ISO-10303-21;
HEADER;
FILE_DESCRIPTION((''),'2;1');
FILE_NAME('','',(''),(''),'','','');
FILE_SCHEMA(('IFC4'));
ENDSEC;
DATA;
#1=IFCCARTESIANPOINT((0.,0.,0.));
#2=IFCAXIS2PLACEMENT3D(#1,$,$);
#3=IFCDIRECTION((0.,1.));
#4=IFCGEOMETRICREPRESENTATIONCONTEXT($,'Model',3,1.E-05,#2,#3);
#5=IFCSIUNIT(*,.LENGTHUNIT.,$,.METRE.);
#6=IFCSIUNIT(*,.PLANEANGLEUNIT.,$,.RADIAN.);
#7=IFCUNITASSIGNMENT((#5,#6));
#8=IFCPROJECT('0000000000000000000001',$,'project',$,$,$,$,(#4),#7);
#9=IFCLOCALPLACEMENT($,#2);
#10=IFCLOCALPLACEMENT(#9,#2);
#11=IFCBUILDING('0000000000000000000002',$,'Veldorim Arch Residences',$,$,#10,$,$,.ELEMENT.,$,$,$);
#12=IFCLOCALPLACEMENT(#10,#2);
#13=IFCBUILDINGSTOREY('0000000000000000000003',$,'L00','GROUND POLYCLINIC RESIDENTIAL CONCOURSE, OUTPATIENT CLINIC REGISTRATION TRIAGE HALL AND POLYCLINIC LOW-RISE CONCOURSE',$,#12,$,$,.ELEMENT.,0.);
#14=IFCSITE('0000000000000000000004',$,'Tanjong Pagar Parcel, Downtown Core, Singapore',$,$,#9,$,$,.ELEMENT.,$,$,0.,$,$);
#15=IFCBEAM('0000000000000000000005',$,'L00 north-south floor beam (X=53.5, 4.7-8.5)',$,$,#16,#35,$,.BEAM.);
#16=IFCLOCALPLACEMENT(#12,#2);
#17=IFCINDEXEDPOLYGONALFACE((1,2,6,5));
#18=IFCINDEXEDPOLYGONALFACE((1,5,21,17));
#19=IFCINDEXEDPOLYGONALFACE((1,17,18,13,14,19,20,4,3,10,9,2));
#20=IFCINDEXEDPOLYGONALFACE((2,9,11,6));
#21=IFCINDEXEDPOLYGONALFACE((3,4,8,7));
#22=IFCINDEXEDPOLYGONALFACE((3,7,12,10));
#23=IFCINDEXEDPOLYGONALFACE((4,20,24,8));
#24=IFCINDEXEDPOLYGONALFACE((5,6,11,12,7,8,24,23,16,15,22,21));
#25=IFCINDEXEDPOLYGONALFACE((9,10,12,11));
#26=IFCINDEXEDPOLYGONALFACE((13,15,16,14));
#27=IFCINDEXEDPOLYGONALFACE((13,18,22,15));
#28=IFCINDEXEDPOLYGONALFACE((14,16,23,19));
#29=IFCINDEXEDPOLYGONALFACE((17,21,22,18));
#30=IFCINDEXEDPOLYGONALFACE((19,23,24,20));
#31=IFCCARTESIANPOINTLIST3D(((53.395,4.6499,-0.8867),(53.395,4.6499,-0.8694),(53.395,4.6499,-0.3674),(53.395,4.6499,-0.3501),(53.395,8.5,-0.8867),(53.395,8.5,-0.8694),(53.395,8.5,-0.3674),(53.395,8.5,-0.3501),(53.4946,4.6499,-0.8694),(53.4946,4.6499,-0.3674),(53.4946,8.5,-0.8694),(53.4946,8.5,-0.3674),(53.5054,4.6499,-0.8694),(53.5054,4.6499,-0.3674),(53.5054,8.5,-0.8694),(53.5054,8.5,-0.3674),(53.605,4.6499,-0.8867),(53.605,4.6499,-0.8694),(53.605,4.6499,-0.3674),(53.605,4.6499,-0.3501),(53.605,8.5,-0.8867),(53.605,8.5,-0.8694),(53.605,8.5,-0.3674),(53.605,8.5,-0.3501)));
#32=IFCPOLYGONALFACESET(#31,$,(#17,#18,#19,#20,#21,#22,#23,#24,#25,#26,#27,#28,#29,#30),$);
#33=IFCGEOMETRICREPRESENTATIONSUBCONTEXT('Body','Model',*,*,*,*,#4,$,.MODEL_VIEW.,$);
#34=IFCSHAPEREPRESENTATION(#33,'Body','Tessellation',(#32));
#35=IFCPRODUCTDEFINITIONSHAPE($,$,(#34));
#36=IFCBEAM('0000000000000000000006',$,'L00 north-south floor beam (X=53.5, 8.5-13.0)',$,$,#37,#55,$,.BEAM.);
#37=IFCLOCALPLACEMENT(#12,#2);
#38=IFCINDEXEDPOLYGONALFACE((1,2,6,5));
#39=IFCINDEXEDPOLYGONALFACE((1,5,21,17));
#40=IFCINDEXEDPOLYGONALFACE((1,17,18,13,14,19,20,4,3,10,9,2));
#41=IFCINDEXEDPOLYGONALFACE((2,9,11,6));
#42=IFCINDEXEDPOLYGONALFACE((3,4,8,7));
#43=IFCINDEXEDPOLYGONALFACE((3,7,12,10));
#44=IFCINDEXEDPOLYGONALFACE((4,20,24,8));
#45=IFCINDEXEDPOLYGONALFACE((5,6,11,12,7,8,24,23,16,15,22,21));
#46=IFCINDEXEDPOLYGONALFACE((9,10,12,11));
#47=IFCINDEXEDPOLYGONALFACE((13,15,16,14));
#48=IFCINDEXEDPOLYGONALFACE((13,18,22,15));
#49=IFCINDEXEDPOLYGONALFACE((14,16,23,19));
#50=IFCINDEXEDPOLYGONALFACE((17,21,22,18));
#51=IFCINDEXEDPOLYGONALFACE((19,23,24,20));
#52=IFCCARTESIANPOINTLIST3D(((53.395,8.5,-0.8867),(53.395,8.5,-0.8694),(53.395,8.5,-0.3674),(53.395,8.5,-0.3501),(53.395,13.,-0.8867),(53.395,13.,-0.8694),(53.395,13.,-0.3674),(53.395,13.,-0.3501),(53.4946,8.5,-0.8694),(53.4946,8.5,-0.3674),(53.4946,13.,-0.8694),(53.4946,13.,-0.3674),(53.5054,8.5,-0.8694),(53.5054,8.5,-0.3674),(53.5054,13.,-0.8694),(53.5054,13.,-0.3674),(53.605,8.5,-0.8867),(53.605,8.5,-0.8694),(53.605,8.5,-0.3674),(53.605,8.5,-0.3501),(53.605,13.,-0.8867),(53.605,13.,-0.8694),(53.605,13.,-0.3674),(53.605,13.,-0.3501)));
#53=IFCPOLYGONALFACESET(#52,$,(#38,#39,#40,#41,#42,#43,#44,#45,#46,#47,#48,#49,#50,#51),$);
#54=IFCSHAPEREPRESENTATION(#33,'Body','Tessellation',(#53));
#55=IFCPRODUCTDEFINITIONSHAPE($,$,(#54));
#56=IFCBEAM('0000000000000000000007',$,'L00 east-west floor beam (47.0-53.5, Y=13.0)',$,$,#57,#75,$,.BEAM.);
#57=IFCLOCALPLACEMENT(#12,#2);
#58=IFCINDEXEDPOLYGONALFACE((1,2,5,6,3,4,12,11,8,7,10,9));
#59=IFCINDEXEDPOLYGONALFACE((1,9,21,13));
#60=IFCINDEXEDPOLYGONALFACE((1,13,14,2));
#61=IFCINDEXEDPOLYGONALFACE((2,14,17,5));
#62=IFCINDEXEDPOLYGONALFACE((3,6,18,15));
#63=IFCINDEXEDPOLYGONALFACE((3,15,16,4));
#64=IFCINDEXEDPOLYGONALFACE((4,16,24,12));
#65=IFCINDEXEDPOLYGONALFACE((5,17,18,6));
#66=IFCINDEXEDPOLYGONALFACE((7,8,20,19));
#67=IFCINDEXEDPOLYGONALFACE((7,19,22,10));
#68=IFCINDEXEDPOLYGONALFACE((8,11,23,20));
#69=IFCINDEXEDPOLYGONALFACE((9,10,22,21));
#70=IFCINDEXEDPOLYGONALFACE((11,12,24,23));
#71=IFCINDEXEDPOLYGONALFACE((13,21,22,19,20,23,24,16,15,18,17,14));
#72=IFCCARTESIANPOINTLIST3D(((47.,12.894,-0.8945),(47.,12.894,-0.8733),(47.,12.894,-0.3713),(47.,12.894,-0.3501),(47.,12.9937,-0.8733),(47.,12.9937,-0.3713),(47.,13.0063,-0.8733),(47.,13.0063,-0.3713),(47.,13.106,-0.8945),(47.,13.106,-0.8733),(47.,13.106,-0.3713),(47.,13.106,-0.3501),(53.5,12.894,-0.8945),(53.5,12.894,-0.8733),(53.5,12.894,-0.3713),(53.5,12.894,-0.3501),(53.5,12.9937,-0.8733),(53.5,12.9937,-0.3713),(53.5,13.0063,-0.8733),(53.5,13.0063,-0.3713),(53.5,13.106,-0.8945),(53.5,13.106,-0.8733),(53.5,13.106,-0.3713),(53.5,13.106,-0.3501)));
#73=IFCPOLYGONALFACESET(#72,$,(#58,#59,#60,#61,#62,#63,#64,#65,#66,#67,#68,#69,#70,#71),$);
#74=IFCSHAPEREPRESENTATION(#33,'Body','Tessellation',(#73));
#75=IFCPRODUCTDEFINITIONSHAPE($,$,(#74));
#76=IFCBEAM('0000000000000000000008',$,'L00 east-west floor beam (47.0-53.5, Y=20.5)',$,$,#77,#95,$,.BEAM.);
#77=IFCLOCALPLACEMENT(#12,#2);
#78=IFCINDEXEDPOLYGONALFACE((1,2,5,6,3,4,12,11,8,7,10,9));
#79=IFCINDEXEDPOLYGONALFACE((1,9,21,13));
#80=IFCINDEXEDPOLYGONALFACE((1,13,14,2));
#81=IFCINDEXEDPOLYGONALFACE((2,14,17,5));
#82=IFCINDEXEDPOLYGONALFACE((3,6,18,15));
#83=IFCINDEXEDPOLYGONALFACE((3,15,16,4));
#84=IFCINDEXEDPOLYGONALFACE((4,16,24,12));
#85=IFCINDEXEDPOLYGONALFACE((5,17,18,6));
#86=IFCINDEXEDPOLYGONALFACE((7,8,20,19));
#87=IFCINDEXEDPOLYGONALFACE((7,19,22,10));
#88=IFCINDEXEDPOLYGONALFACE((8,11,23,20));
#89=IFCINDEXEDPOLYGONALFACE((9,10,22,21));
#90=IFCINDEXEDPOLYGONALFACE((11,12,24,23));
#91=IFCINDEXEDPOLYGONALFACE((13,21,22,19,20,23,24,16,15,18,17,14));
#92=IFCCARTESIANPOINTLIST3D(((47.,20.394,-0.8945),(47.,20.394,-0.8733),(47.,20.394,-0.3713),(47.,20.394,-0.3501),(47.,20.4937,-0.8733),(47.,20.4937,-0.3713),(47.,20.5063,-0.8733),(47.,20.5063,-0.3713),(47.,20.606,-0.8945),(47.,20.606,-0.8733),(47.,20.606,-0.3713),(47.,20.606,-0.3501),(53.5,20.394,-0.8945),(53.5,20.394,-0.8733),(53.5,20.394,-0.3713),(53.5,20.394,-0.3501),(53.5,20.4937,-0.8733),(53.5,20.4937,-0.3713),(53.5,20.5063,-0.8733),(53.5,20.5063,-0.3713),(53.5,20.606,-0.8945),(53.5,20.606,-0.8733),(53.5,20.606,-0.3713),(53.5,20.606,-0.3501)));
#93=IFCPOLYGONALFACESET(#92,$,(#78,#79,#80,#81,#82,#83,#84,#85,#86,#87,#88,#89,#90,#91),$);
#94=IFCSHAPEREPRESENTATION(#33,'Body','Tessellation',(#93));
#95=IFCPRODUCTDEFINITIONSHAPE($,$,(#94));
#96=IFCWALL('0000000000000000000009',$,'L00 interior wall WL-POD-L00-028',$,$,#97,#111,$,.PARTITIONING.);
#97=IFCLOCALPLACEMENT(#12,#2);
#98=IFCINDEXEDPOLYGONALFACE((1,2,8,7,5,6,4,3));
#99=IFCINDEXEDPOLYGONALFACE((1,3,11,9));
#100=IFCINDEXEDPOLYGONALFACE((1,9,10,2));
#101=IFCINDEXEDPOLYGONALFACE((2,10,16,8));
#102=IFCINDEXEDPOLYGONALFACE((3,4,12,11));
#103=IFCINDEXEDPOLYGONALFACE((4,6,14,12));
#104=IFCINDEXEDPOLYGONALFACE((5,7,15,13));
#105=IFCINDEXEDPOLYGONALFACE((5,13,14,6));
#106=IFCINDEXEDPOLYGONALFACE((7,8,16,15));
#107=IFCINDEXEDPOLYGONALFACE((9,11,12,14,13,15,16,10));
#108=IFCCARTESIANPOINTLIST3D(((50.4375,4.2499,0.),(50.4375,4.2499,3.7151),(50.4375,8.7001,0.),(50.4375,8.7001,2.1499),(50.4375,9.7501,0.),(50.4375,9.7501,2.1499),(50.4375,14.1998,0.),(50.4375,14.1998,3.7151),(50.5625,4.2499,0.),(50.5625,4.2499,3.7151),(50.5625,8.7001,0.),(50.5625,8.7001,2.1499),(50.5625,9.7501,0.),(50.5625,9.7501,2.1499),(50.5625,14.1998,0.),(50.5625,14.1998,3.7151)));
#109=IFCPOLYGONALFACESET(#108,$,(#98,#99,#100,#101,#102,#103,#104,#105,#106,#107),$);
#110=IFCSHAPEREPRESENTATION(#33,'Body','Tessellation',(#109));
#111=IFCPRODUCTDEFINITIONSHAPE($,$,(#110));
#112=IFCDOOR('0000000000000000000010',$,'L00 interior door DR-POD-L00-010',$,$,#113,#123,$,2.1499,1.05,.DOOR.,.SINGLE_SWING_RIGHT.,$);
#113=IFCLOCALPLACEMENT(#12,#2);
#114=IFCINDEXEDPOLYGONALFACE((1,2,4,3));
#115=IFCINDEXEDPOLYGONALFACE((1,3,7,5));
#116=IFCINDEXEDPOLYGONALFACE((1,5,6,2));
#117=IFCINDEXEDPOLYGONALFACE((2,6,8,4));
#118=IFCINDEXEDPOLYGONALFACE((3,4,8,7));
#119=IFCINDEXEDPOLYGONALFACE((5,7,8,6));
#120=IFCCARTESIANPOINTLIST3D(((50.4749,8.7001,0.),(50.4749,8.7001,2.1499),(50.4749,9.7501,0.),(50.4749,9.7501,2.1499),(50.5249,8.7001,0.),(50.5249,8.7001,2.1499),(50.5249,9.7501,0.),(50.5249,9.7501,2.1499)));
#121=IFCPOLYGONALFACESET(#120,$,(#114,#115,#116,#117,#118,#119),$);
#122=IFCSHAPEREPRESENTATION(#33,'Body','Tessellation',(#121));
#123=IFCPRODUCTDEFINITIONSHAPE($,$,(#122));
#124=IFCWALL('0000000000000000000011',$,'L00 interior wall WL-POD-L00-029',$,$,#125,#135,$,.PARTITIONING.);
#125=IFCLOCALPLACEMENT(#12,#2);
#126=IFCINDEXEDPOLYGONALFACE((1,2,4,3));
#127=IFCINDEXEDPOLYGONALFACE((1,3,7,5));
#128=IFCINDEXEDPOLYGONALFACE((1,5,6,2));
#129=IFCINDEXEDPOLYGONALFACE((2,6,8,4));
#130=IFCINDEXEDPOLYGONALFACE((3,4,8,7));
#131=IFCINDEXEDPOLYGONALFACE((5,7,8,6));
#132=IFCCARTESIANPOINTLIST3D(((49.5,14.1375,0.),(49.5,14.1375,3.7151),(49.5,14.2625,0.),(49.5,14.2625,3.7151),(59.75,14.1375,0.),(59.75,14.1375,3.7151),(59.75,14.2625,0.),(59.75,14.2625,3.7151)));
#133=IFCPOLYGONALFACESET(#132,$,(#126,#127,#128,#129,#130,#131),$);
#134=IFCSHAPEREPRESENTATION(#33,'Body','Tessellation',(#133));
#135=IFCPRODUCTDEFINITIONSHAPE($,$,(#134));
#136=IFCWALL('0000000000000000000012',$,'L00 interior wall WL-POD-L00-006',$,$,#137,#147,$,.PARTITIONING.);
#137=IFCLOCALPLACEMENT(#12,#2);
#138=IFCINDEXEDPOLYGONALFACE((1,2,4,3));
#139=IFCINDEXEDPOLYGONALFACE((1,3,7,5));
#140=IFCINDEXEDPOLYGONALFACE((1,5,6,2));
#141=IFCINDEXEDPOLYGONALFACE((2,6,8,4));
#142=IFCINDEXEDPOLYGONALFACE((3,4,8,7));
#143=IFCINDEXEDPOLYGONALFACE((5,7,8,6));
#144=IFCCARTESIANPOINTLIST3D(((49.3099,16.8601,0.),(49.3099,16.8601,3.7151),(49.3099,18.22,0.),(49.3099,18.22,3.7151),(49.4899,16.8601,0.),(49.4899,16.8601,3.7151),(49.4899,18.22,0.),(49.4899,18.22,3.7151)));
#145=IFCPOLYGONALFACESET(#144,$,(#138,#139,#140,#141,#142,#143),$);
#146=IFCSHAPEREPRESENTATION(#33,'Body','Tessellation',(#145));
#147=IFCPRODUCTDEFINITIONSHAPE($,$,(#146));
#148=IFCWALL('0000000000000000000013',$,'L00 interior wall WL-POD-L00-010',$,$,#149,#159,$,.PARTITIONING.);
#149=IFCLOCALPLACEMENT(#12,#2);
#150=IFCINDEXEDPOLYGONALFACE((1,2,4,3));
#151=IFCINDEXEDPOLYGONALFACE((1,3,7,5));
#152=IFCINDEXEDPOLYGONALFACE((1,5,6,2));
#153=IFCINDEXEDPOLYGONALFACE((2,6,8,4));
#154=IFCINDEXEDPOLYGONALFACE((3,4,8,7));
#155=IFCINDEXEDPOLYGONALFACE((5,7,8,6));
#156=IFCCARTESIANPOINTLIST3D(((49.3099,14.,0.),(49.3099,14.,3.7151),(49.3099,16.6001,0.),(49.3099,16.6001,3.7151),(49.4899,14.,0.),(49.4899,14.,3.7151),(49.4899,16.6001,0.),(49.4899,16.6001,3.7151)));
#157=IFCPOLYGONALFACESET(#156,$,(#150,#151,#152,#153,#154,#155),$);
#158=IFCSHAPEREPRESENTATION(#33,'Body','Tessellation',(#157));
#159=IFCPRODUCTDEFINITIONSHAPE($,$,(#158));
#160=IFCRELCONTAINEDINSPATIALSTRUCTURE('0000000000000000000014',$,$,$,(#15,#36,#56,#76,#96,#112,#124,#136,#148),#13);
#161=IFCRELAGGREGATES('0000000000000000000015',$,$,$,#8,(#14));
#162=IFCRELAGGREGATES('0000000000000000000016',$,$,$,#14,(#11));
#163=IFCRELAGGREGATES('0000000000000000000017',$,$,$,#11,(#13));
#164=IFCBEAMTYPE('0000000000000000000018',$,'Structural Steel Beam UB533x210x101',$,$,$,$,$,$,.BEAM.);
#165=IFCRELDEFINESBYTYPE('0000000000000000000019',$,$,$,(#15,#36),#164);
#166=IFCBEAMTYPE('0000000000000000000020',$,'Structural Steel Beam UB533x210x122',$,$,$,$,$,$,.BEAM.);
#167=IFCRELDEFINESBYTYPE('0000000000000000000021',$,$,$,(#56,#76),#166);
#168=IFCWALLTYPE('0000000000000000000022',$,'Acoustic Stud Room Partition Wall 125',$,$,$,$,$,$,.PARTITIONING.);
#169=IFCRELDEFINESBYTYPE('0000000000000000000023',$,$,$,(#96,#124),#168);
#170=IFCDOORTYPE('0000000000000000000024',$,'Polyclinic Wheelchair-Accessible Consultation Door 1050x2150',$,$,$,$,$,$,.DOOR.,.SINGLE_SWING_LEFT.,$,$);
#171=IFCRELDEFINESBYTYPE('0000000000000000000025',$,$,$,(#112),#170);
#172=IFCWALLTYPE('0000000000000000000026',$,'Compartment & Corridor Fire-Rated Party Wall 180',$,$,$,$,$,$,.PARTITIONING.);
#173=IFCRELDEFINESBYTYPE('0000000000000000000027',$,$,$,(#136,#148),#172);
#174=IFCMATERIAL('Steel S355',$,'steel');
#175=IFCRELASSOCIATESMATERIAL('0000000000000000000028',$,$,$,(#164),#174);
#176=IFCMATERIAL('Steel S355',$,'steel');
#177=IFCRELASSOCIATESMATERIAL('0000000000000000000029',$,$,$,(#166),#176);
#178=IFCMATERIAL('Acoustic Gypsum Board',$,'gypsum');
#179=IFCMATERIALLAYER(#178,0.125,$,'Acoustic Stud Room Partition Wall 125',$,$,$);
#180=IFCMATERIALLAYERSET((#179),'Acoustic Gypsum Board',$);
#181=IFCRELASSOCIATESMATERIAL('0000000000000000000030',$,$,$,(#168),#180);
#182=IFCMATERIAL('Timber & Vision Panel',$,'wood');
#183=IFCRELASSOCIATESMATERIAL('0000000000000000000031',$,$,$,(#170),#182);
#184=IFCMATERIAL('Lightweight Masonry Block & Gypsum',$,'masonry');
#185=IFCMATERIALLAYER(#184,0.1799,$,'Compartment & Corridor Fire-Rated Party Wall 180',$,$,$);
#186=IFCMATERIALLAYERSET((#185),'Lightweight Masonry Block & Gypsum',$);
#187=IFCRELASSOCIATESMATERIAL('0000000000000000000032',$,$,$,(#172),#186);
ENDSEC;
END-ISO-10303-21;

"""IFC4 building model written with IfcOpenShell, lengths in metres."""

from ifc_helpers import new_model, si_unit, direction, frame, frame_2d, origin, origin_2d, place, context, subcontext, project, spatial, rectangle, i_section, extrude, material, layer, layer_set, material_profile, profile_set, type_object, element, fill, save


model = new_model("IFC4")

# Units and contexts
model_context = context("Model", 3, precision=1e-05, world=origin(), true_north=direction((0.0, 1.0)))
body_context = subcontext(model_context, "Body", "Model", "MODEL_VIEW")
ifc_project = project(units=[si_unit("LENGTHUNIT", "METRE"), si_unit("PLANEANGLEUNIT", "RADIAN")], contexts=[model_context])

# Site, building, storey
site_placement = place(None, origin())
site = spatial("IfcSite", under=ifc_project, at=site_placement, Name="Tanjong Pagar Parcel, Downtown Core, Singapore", CompositionType="ELEMENT", RefElevation=0.0)
building_placement = place(site_placement, origin())
building = spatial("IfcBuilding", under=site, at=building_placement, Name="Veldorim Arch Residences", CompositionType="ELEMENT")
storey_placement = place(building_placement, origin())
storey = spatial("IfcBuildingStorey", under=building, at=storey_placement, Name="L00", Description="GROUND POLYCLINIC RESIDENTIAL CONCOURSE, OUTPATIENT CLINIC REGISTRATION TRIAGE HALL AND POLYCLINIC LOW-RISE CONCOURSE", CompositionType="ELEMENT", Elevation=0.0)

# Beams
ifc_material_1 = material(Name="Steel S355", Category="steel")
ifc_material_profile_1 = material_profile(ifc_material_1, i_section(OverallWidth=0.21, OverallDepth=0.5366, WebThickness=0.0107, FlangeThickness=0.0173, at=origin_2d()), Name="UB533x210x101")
ifc_profile_set_1 = profile_set([ifc_material_profile_1], Name="Steel S355")
beam_type_1 = type_object("IfcBeamType", Name="Structural Steel Beam UB533x210x101", PredefinedType="BEAM", material=ifc_profile_set_1)
beam_1_placement = place(storey_placement, frame((53.5, 4.6499, -0.6184), z_axis=(0.0, 1.0, 0.0), x_axis=(-1.0, 0.0, 0.0)))
element("IfcBeam", 1, at=beam_1_placement, inside=storey, type_object=beam_type_1, Name="L00 north-south floor beam (X=53.5, 4.7-8.5)", PredefinedType="BEAM", context=body_context, shape_type="SweptSolid", body=[
    extrude(i_section(OverallWidth=0.21, OverallDepth=0.5366, WebThickness=0.0107, FlangeThickness=0.0173, at=origin_2d()), origin(), (0.0, 0.0, 1.0), 3.8501),
])
beam_2_placement = place(storey_placement, frame((53.5, 8.5, -0.6184), z_axis=(0.0, 1.0, 0.0), x_axis=(-1.0, 0.0, 0.0)))
element("IfcBeam", 2, at=beam_2_placement, inside=storey, type_object=beam_type_1, Name="L00 north-south floor beam (X=53.5, 8.5-13.0)", PredefinedType="BEAM", context=body_context, shape_type="SweptSolid", body=[
    extrude(i_section(OverallWidth=0.21, OverallDepth=0.5366, WebThickness=0.0107, FlangeThickness=0.0173, at=origin_2d()), origin(), (0.0, 0.0, 1.0), 4.5),
])
ifc_material_2 = material(Name="Steel S355", Category="steel")
ifc_material_profile_2 = material_profile(ifc_material_2, i_section(OverallWidth=0.2119, OverallDepth=0.5444, WebThickness=0.0127, FlangeThickness=0.0212, at=origin_2d()), Name="UB533x210x122")
ifc_profile_set_2 = profile_set([ifc_material_profile_2], Name="Steel S355")
beam_type_2 = type_object("IfcBeamType", Name="Structural Steel Beam UB533x210x122", PredefinedType="BEAM", material=ifc_profile_set_2)
for number, where, z_axis, x_axis, name in (
    (3, (47.0, 13.0, -0.6223), (1.0, 0.0, 0.0), (0.0, 1.0, 0.0), "L00 east-west floor beam (47.0-53.5, Y=13.0)"),
    (4, (47.0, 20.5, -0.6223), (1.0, 0.0, 0.0), (0.0, 1.0, 0.0), "L00 east-west floor beam (47.0-53.5, Y=20.5)"),
):
    element("IfcBeam", number, at=place(storey_placement, frame(where, z_axis=z_axis, x_axis=x_axis)), inside=storey, type_object=beam_type_2, Name=name, PredefinedType="BEAM", context=body_context, shape_type="SweptSolid", body=[
        extrude(i_section(OverallWidth=0.2119, OverallDepth=0.5444, WebThickness=0.0127, FlangeThickness=0.0212, at=origin_2d()), origin(), (0.0, 0.0, 1.0), 6.5),
    ])

# Wall, opening, door
ifc_material_3 = material(Name="Acoustic Gypsum Board", Category="gypsum")
ifc_layer_1 = layer(ifc_material_3, 0.125, Name="Acoustic Stud Room Partition Wall 125")
ifc_layer_set_1 = layer_set([ifc_layer_1], Name="Acoustic Gypsum Board")
wall_type_1 = type_object("IfcWallType", Name="Acoustic Stud Room Partition Wall 125", PredefinedType="PARTITIONING", material=ifc_layer_set_1)
wall_1_placement = place(storey_placement, frame((50.5, 14.2, 0.0), z_axis=(0.0, 0.0, 1.0), x_axis=(0.0, -1.0, 0.0)))
wall_1 = element("IfcWall", 5, at=wall_1_placement, inside=storey, type_object=wall_type_1, Name="L00 interior wall WL-POD-L00-028", PredefinedType="PARTITIONING", context=body_context, shape_type="SweptSolid", body=[
    extrude(rectangle(XDim=9.95, YDim=0.125, at=frame_2d((4.9751, 0.0))), origin(), (0.0, 0.0, 1.0), 3.7151),
])
opening_1_placement = place(wall_1_placement, frame((4.45, 0.0, 0.0)))
opening_1 = element("IfcOpeningElement", 6, at=opening_1_placement, cuts=wall_1, PredefinedType="OPENING", context=body_context, shape_type="SweptSolid", body=[
    extrude(rectangle(XDim=1.05, YDim=2.1499, at=frame_2d((0.5249, 1.075))), frame((0.0, 0.0725, 0.0), z_axis=(0.0, -1.0, 0.0), x_axis=(1.0, 0.0, 0.0)), (0.0, 0.0, 1.0), 0.145),
])
ifc_material_4 = material(Name="Timber & Vision Panel", Category="wood")
door_type_1 = type_object("IfcDoorType", Name="Polyclinic Wheelchair-Accessible Consultation Door 1050x2150", OperationType="SINGLE_SWING_LEFT", PredefinedType="DOOR", material=ifc_material_4)
door_1_placement = place(opening_1_placement, origin())
door_1 = element("IfcDoor", 7, at=door_1_placement, inside=storey, type_object=door_type_1, Name="L00 interior door DR-POD-L00-010", OperationType="SINGLE_SWING_RIGHT", OverallHeight=2.1499, OverallWidth=1.05, PredefinedType="DOOR", context=body_context, shape_type="SweptSolid", body=[
    extrude(rectangle(XDim=1.05, YDim=2.1499, at=frame_2d((0.5249, 1.075))), frame((0.0, 0.0249, 0.0), z_axis=(0.0, -1.0, 0.0), x_axis=(1.0, 0.0, 0.0)), (0.0, 0.0, 1.0), 0.05),
])
fill(opening_1, door_1)

# Walls
wall_2_placement = place(storey_placement, frame((49.5, 14.2, 0.0), z_axis=(0.0, 0.0, 1.0), x_axis=(1.0, 0.0, 0.0)))
element("IfcWall", 8, at=wall_2_placement, inside=storey, type_object=wall_type_1, Name="L00 interior wall WL-POD-L00-029", PredefinedType="PARTITIONING", context=body_context, shape_type="SweptSolid", body=[
    extrude(rectangle(XDim=10.25, YDim=0.125, at=frame_2d((5.125, 0.0))), origin(), (0.0, 0.0, 1.0), 3.7151),
])
ifc_material_5 = material(Name="Lightweight Masonry Block & Gypsum", Category="masonry")
ifc_layer_2 = layer(ifc_material_5, 0.1799, Name="Compartment & Corridor Fire-Rated Party Wall 180")
ifc_layer_set_2 = layer_set([ifc_layer_2], Name="Lightweight Masonry Block & Gypsum")
wall_type_2 = type_object("IfcWallType", Name="Compartment & Corridor Fire-Rated Party Wall 180", PredefinedType="PARTITIONING", material=ifc_layer_set_2)
wall_3_placement = place(storey_placement, frame((49.3999, 16.8601, 0.0), z_axis=(0.0, 0.0, 1.0), x_axis=(0.0, 1.0, 0.0)))
element("IfcWall", 9, at=wall_3_placement, inside=storey, type_object=wall_type_2, Name="L00 interior wall WL-POD-L00-006", PredefinedType="PARTITIONING", context=body_context, shape_type="SweptSolid", body=[
    extrude(rectangle(XDim=1.3599, YDim=0.1799, at=frame_2d((0.6799, 0.0))), origin(), (0.0, 0.0, 1.0), 3.7151),
])
wall_4_placement = place(storey_placement, frame((49.3999, 16.6001, 0.0), z_axis=(0.0, 0.0, 1.0), x_axis=(0.0, -1.0, 0.0)))
element("IfcWall", 10, at=wall_4_placement, inside=storey, type_object=wall_type_2, Name="L00 interior wall WL-POD-L00-010", PredefinedType="PARTITIONING", context=body_context, shape_type="SweptSolid", body=[
    extrude(rectangle(XDim=2.6001, YDim=0.1799, at=frame_2d((1.3, 0.0))), origin(), (0.0, 0.0, 1.0), 3.7151),
])

save(model, "model.ifc")
